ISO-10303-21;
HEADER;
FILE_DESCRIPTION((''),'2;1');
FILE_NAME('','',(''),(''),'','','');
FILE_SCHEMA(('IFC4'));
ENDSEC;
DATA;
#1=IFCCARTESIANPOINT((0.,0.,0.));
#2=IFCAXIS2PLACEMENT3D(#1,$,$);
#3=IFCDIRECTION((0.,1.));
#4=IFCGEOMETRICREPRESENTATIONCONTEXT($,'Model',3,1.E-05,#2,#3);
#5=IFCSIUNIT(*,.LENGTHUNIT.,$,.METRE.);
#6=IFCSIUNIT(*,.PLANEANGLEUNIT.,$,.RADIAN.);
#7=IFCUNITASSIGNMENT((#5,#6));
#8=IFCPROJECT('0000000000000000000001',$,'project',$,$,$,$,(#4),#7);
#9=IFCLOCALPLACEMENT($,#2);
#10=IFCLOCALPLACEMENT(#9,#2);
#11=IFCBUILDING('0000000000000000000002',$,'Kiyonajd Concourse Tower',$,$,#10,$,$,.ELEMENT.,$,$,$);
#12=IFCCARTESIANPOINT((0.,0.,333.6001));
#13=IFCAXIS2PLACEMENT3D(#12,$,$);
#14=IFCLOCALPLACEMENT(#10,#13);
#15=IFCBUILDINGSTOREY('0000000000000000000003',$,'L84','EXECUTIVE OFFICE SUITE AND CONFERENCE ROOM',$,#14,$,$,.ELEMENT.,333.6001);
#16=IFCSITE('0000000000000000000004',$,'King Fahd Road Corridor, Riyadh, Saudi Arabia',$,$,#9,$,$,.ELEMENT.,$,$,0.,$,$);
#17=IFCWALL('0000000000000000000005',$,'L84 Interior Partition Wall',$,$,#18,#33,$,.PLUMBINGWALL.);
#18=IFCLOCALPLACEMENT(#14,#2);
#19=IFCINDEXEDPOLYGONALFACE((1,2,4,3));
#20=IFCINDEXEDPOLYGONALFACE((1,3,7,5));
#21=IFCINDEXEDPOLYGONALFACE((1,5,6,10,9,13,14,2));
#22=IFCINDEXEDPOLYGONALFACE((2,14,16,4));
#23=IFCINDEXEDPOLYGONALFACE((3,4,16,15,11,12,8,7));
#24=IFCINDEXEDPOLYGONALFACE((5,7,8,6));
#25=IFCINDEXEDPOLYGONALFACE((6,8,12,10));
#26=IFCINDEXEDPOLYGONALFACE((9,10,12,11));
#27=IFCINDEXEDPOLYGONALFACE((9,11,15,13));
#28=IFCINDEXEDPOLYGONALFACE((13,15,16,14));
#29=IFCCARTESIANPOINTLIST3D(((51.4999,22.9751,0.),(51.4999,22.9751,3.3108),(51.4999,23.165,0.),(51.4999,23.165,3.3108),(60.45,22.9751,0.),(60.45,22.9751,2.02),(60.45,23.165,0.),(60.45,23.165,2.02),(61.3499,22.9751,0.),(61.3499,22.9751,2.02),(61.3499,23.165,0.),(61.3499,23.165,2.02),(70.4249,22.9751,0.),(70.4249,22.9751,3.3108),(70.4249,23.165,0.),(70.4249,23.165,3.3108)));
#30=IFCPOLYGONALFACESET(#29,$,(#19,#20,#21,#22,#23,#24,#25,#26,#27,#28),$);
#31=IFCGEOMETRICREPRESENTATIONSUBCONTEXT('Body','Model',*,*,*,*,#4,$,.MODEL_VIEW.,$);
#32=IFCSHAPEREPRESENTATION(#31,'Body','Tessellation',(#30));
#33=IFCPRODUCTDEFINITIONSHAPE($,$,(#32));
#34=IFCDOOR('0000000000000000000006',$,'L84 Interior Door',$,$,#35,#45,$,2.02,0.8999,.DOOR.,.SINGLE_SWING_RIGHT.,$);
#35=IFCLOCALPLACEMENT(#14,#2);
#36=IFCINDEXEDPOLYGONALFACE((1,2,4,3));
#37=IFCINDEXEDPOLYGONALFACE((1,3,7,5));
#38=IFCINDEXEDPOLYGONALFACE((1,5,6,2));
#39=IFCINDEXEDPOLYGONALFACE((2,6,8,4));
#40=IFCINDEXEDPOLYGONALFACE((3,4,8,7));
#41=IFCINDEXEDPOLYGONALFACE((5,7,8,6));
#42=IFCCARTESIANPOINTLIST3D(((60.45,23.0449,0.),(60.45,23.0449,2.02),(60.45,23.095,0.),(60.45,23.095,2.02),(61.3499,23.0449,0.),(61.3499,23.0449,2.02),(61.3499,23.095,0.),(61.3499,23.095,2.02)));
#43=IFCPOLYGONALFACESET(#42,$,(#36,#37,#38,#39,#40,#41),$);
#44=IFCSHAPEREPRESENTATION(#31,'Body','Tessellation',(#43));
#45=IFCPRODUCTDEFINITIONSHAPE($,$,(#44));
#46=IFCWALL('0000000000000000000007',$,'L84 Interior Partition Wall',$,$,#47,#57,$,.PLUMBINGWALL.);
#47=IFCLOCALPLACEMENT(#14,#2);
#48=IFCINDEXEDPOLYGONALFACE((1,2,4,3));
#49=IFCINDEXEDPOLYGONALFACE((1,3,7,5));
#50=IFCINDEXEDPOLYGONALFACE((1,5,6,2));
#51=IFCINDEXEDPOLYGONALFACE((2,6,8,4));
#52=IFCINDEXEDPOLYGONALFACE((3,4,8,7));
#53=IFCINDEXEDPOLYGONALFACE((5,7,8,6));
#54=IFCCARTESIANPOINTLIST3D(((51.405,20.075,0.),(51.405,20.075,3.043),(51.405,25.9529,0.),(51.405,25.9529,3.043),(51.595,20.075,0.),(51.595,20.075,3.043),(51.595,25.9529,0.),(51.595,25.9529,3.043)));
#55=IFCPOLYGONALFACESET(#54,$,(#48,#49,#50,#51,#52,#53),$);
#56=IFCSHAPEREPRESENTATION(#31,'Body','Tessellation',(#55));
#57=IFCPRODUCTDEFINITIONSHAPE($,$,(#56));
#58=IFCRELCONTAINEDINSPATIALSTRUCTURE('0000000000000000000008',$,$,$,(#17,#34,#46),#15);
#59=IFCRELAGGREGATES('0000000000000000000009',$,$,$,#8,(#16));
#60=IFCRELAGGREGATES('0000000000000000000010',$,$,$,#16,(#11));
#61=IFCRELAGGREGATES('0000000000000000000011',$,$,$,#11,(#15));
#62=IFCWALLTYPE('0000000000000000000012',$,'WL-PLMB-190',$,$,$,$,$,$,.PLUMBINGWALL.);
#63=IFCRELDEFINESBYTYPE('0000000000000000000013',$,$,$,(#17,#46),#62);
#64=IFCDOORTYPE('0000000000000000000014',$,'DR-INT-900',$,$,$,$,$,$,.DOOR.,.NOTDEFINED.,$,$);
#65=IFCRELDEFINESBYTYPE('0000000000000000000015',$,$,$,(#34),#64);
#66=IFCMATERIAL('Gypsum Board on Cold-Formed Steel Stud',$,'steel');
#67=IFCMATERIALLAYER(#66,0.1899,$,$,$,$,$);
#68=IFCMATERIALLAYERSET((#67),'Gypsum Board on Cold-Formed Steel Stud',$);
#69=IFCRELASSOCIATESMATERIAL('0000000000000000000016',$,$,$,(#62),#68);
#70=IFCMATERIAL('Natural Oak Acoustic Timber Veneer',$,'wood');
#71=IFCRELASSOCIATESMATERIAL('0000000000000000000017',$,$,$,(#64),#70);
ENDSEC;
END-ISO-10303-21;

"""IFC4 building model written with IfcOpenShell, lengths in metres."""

from ifc_helpers import new_model, si_unit, direction, frame, frame_2d, origin, place, context, subcontext, project, spatial, rectangle, extrude, material, layer, layer_set, type_object, element, fill, save


model = new_model("IFC4")

# Units and contexts
model_context = context("Model", 3, precision=1e-05, world=origin(), true_north=direction((0.0, 1.0)))
body_context = subcontext(model_context, "Body", "Model", "MODEL_VIEW")
ifc_project = project(units=[si_unit("LENGTHUNIT", "METRE"), si_unit("PLANEANGLEUNIT", "RADIAN")], contexts=[model_context])

# Site, building, storey
site_placement = place(None, origin())
site = spatial("IfcSite", under=ifc_project, at=site_placement, Name="King Fahd Road Corridor, Riyadh, Saudi Arabia", CompositionType="ELEMENT", RefElevation=0.0)
building_placement = place(site_placement, origin())
building = spatial("IfcBuilding", under=site, at=building_placement, Name="Kiyonajd Concourse Tower", CompositionType="ELEMENT")
storey_placement = place(building_placement, frame((0.0, 0.0, 333.6001)))
storey = spatial("IfcBuildingStorey", under=building, at=storey_placement, Name="L84", Description="EXECUTIVE OFFICE SUITE AND CONFERENCE ROOM", CompositionType="ELEMENT", Elevation=333.6001)

# Wall, opening, door
ifc_material_1 = material(Name="Gypsum Board on Cold-Formed Steel Stud", Category="steel")
ifc_layer_1 = layer(ifc_material_1, 0.1899)
ifc_layer_set_1 = layer_set([ifc_layer_1], Name="Gypsum Board on Cold-Formed Steel Stud")
wall_type_1 = type_object("IfcWallType", Name="WL-PLMB-190", PredefinedType="PLUMBINGWALL", material=ifc_layer_set_1)
wall_1_placement = place(storey_placement, frame((51.5, 23.0701, 0.0), z_axis=(0.0, 0.0, 1.0), x_axis=(1.0, 0.0, 0.0)))
wall_1 = element("IfcWall", 1, at=wall_1_placement, inside=storey, type_object=wall_type_1, Name="L84 Interior Partition Wall", PredefinedType="PLUMBINGWALL", context=body_context, shape_type="SweptSolid", body=[
    extrude(rectangle(XDim=18.925, YDim=0.1899, at=frame_2d((9.4624, 0.0))), origin(), (0.0, 0.0, 1.0), 3.3108),
])
opening_1_placement = place(wall_1_placement, frame((8.95, 0.0, 0.0)))
opening_1 = element("IfcOpeningElement", 2, at=opening_1_placement, cuts=wall_1, PredefinedType="OPENING", context=body_context, shape_type="SweptSolid", body=[
    extrude(rectangle(XDim=0.8999, YDim=2.02, at=frame_2d((0.45, 1.01))), frame((0.0, 0.105, 0.0), z_axis=(0.0, -1.0, 0.0), x_axis=(1.0, 0.0, 0.0)), (0.0, 0.0, 1.0), 0.21),
])
ifc_material_2 = material(Name="Natural Oak Acoustic Timber Veneer", Category="wood")
door_type_1 = type_object("IfcDoorType", Name="DR-INT-900", OperationType="NOTDEFINED", PredefinedType="DOOR", material=ifc_material_2)
door_1_placement = place(opening_1_placement, origin())
door_1 = element("IfcDoor", 3, at=door_1_placement, inside=storey, type_object=door_type_1, Name="L84 Interior Door", OperationType="SINGLE_SWING_RIGHT", OverallHeight=2.02, OverallWidth=0.8999, PredefinedType="DOOR", context=body_context, shape_type="SweptSolid", body=[
    extrude(rectangle(XDim=0.8999, YDim=2.02, at=frame_2d((0.45, 1.01))), frame((0.0, 0.0249, 0.0), z_axis=(0.0, -1.0, 0.0), x_axis=(1.0, 0.0, 0.0)), (0.0, 0.0, 1.0), 0.05),
])
fill(opening_1, door_1)

# Wall
wall_2_placement = place(storey_placement, frame((51.5, 20.075, 0.0), z_axis=(0.0, 0.0, 1.0), x_axis=(0.0, 1.0, 0.0)))
element("IfcWall", 4, at=wall_2_placement, inside=storey, type_object=wall_type_1, Name="L84 Interior Partition Wall", PredefinedType="PLUMBINGWALL", context=body_context, shape_type="SweptSolid", body=[
    extrude(rectangle(XDim=5.8779, YDim=0.1899, at=frame_2d((2.939, 0.0))), origin(), (0.0, 0.0, 1.0), 3.043),
])

save(model, "model.ifc")
